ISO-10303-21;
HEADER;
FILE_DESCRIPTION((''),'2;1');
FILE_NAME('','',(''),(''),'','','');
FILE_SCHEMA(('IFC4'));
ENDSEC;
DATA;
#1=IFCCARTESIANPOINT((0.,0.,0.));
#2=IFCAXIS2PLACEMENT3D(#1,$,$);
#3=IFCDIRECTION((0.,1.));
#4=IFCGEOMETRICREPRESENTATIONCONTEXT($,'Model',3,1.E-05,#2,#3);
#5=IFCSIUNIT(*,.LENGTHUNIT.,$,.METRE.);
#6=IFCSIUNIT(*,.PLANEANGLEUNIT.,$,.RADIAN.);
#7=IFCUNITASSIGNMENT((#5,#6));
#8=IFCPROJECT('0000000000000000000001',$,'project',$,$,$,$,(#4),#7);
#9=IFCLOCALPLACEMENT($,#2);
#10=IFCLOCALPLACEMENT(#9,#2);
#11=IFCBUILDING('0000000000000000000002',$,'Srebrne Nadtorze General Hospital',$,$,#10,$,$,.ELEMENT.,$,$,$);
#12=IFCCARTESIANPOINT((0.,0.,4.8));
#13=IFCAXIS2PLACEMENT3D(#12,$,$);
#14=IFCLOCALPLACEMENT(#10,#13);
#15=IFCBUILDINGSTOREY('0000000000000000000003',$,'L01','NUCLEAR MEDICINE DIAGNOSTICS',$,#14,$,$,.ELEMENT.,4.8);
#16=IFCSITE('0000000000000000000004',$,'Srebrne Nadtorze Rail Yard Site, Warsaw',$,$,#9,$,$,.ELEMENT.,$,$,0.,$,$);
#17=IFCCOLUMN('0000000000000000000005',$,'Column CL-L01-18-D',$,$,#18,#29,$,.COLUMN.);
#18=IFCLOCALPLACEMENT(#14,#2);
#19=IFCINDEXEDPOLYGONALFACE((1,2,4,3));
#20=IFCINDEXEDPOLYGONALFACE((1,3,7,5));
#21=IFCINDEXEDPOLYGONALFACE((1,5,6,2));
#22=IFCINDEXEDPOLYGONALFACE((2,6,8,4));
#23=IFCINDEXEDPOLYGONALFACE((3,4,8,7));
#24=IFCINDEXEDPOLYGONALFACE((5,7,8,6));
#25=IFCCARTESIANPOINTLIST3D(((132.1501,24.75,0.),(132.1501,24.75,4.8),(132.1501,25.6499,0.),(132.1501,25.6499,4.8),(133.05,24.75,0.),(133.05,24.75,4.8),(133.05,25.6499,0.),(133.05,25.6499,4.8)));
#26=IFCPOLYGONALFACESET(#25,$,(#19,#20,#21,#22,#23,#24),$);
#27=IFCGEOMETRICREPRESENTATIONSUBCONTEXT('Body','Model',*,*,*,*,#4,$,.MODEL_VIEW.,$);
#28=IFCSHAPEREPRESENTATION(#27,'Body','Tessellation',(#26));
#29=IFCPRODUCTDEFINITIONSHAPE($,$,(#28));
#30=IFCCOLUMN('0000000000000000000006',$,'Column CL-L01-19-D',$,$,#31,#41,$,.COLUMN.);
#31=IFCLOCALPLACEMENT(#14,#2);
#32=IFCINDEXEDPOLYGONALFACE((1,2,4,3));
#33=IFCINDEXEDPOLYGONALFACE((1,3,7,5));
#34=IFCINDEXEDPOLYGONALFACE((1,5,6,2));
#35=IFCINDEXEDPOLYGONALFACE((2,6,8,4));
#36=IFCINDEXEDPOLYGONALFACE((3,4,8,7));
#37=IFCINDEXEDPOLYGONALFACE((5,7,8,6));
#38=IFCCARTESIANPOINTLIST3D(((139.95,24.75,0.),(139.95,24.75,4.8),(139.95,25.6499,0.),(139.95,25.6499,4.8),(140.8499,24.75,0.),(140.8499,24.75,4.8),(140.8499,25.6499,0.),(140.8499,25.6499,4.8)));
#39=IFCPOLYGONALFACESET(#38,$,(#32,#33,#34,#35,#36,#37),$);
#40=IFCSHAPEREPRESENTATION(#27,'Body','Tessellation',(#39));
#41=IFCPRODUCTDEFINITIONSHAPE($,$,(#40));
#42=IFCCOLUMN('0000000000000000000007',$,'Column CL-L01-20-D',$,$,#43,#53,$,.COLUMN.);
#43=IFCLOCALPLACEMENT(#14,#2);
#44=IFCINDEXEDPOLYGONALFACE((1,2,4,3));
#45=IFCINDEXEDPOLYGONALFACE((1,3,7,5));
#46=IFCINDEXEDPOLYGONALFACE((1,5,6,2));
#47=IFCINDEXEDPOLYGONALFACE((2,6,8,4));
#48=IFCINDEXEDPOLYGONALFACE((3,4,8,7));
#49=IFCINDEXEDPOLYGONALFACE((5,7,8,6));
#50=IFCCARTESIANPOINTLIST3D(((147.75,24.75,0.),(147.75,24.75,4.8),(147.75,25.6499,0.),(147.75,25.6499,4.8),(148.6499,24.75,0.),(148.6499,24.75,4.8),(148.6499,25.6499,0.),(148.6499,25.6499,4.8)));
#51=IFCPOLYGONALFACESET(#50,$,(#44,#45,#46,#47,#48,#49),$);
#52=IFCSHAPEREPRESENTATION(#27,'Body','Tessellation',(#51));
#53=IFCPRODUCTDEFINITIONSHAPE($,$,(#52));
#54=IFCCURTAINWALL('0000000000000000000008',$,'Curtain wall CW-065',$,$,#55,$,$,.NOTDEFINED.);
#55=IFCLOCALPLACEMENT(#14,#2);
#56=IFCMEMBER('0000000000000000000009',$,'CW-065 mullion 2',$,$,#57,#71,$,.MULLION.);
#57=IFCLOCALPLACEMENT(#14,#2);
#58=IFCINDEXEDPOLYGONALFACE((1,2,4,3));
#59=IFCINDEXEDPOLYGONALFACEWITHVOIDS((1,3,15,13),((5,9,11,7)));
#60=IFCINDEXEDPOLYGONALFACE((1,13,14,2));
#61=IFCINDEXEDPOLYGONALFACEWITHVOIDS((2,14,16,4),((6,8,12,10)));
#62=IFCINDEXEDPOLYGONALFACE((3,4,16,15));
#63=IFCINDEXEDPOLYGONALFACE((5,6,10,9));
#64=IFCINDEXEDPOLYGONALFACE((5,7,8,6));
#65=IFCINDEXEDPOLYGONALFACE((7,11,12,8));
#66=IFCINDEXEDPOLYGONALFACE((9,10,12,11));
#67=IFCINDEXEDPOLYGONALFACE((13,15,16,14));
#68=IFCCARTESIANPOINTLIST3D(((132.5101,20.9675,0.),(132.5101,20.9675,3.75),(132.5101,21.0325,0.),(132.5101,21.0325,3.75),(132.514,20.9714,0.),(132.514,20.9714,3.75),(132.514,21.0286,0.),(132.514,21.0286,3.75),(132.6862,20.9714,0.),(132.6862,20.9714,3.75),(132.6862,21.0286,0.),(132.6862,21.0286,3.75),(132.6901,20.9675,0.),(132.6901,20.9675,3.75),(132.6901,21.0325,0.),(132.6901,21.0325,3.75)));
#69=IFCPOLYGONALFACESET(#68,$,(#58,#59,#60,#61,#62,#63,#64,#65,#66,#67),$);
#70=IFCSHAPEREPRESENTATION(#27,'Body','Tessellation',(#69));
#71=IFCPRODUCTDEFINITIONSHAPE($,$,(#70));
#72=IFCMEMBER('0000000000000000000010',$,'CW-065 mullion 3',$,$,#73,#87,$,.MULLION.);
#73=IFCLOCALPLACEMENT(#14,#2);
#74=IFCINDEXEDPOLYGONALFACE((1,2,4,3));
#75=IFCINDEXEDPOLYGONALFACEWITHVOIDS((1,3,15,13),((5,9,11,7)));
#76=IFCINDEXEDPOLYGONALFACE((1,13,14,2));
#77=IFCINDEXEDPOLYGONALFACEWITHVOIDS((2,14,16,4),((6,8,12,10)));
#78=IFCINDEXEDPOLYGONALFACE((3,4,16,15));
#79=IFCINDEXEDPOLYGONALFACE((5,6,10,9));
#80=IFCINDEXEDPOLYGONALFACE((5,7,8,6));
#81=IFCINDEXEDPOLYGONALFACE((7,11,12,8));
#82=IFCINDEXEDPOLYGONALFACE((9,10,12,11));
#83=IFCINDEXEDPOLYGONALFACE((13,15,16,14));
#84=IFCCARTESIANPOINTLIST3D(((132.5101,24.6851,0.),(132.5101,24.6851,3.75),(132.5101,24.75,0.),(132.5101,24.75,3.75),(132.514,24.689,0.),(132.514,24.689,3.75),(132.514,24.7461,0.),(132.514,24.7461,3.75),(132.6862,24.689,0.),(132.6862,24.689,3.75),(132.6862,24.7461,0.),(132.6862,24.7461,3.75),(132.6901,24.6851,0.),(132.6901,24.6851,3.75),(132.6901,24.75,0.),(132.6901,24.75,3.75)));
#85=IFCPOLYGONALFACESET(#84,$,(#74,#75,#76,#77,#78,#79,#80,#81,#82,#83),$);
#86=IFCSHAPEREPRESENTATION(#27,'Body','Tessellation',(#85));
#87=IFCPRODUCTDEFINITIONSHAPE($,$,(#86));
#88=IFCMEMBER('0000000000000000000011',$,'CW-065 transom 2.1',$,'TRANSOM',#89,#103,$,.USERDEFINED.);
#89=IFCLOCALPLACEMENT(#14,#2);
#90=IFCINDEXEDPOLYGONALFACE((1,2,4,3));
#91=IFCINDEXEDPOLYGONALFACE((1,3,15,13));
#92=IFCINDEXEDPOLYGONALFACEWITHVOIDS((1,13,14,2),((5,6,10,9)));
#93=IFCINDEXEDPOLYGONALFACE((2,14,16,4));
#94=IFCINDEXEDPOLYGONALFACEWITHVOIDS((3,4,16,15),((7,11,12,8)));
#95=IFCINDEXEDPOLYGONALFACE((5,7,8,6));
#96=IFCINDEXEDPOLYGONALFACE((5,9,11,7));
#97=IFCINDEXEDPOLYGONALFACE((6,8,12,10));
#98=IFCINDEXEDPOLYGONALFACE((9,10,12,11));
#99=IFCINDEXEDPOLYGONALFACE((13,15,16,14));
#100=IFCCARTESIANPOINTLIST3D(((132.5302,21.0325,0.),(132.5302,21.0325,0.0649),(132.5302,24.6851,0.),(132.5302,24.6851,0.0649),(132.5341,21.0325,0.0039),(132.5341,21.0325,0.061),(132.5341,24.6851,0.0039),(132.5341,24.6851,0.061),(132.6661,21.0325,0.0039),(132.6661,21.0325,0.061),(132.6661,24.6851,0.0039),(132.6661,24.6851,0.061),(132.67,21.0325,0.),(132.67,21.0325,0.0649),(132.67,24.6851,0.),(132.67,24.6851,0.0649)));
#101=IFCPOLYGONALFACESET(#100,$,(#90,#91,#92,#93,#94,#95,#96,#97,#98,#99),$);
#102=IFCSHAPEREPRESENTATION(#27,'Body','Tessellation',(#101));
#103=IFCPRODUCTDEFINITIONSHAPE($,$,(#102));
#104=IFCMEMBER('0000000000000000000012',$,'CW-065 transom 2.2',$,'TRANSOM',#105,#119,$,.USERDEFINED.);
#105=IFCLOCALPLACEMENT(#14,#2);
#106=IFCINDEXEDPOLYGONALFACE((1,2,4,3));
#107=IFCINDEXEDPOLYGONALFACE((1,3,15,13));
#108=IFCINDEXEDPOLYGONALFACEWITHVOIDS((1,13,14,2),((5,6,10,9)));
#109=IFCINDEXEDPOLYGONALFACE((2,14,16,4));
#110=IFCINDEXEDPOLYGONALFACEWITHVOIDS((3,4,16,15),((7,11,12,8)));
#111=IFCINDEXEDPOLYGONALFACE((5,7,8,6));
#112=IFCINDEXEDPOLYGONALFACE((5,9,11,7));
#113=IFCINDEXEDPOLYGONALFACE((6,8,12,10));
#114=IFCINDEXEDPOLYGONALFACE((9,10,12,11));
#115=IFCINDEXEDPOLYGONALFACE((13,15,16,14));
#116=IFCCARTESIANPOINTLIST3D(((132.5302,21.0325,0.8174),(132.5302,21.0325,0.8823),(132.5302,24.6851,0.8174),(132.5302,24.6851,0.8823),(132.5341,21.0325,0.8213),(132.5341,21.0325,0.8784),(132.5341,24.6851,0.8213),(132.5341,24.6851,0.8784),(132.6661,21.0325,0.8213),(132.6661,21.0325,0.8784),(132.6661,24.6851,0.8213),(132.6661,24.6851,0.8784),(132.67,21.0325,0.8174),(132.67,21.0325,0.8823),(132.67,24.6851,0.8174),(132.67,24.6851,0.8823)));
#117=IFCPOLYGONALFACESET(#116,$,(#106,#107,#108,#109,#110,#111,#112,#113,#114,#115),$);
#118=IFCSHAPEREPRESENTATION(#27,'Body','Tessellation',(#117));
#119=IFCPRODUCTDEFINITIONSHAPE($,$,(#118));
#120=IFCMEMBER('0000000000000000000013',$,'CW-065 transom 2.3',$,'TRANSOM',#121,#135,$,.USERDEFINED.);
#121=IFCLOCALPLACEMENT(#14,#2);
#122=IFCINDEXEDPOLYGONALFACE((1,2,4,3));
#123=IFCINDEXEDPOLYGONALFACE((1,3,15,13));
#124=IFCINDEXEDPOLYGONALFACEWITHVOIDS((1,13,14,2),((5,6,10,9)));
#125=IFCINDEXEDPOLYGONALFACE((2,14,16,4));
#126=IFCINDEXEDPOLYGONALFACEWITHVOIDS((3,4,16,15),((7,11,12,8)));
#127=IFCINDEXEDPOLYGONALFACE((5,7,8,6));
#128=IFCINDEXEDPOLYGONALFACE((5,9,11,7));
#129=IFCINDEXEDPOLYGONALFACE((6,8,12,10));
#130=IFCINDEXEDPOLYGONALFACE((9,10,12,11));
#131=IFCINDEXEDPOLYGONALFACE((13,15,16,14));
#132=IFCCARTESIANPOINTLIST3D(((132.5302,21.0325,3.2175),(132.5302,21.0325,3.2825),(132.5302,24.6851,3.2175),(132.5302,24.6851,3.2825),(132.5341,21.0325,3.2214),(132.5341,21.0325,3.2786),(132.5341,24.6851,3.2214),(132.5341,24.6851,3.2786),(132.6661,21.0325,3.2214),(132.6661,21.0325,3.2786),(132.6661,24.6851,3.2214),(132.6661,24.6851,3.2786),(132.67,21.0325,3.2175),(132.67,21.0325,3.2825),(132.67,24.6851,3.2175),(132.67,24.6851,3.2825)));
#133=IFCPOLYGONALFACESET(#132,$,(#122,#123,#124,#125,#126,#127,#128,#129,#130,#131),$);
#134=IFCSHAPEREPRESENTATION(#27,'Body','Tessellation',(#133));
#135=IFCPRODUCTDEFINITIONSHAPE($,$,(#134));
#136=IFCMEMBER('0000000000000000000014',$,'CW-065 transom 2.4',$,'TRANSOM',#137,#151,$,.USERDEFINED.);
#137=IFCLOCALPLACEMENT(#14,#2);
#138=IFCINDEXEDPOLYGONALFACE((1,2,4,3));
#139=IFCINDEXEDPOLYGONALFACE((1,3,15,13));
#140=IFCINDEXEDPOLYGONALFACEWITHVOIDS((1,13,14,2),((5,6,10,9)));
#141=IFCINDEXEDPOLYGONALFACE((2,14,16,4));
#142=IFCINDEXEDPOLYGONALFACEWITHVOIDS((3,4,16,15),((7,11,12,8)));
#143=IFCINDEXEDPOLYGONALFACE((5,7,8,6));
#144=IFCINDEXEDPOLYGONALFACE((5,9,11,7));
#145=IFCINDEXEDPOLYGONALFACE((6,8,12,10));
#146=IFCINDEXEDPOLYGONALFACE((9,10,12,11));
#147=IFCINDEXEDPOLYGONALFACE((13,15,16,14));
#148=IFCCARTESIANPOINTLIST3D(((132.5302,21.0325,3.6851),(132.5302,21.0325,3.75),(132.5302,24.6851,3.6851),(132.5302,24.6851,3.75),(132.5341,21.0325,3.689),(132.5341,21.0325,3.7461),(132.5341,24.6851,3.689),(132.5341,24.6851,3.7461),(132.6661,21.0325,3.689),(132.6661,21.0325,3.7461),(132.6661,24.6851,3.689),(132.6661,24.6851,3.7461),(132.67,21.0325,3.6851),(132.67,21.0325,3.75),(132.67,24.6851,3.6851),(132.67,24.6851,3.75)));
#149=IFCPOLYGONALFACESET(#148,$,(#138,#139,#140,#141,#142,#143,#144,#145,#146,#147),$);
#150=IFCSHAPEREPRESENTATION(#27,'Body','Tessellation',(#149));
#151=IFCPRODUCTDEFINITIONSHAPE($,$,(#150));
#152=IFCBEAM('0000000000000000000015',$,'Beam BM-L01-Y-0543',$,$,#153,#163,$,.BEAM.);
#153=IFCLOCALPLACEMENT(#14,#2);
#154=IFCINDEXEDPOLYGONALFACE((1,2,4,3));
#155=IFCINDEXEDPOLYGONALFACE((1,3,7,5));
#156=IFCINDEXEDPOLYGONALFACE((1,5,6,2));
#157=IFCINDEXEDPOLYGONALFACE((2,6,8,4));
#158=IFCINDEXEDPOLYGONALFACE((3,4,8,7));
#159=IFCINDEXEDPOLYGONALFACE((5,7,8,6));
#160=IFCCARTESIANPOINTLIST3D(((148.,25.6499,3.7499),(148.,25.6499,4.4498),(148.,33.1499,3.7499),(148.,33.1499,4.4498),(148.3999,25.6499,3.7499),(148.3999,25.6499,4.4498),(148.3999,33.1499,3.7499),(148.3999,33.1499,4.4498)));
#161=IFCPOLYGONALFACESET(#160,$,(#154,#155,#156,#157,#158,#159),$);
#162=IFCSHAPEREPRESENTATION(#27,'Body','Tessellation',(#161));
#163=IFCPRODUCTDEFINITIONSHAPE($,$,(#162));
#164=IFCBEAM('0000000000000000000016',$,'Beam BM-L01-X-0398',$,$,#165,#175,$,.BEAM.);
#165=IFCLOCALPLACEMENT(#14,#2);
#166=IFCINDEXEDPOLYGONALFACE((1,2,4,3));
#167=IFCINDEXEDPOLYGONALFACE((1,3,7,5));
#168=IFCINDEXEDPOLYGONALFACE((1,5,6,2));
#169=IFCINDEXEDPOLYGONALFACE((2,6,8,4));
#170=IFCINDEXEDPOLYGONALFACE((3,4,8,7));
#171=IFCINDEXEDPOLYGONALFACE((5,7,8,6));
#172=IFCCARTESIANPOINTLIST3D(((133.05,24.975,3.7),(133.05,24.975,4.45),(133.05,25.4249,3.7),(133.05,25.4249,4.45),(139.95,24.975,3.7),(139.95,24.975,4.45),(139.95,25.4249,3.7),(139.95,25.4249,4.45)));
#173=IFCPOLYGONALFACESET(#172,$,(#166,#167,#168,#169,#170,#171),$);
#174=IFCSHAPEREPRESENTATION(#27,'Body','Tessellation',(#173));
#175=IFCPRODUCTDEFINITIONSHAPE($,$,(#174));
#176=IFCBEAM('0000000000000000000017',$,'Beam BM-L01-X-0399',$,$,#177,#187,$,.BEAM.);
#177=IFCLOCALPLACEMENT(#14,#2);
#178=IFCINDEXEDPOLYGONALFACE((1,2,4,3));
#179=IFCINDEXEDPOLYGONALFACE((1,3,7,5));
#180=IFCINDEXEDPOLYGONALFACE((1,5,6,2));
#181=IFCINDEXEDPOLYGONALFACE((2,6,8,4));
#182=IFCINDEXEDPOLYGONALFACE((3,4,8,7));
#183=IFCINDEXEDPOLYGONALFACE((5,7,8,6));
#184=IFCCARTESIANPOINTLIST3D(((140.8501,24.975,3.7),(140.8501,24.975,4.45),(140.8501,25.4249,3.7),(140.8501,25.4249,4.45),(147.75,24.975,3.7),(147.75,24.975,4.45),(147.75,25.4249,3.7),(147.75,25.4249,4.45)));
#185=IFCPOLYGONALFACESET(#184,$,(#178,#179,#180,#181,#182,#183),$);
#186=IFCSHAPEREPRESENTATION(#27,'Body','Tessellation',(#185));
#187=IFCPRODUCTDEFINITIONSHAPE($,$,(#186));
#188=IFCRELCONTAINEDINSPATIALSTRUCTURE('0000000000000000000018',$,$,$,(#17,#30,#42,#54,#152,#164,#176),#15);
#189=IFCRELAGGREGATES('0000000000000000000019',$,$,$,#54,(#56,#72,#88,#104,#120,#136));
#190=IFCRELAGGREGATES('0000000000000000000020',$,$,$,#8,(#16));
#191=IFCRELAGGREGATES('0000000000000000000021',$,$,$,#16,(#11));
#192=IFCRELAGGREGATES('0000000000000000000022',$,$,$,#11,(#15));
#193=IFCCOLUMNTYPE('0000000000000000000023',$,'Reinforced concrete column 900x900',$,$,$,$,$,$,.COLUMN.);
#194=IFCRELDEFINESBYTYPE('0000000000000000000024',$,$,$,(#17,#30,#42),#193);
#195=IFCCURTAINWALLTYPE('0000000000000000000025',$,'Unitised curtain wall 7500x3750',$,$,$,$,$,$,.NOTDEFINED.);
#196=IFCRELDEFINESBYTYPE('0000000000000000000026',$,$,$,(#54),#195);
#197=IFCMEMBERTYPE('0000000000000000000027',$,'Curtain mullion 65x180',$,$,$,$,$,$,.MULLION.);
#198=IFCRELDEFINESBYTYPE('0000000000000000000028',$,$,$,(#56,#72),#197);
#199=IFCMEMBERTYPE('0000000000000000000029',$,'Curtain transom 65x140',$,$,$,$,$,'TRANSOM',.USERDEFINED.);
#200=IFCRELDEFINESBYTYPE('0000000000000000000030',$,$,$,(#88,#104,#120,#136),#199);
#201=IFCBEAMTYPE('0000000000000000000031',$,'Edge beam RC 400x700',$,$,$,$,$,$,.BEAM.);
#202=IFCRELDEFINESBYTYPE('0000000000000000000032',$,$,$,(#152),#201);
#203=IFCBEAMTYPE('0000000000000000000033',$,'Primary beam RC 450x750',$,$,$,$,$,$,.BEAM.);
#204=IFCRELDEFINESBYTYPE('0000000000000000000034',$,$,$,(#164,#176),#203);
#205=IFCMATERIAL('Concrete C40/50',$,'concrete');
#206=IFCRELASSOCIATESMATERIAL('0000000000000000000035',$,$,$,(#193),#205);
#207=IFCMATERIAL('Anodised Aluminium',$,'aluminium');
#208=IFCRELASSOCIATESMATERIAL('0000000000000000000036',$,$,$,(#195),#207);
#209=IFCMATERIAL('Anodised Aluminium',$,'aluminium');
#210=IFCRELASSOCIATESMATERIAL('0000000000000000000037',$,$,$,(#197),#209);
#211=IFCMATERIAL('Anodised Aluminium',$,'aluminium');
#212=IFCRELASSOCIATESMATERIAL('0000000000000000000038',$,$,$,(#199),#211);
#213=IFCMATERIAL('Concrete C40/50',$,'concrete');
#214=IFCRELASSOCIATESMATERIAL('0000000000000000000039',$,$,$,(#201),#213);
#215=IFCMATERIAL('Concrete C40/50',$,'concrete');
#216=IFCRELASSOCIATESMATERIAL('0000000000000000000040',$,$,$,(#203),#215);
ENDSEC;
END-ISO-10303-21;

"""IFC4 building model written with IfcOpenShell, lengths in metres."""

from ifc_helpers import new_model, si_unit, direction, frame, origin, origin_2d, place, context, subcontext, project, spatial, rectangle, hollow_rectangle, extrude, material, material_profile, profile_set, type_object, element, aggregate, save


model = new_model("IFC4")

# Units and contexts
model_context = context("Model", 3, precision=1e-05, world=origin(), true_north=direction((0.0, 1.0)))
body_context = subcontext(model_context, "Body", "Model", "MODEL_VIEW")
ifc_project = project(units=[si_unit("LENGTHUNIT", "METRE"), si_unit("PLANEANGLEUNIT", "RADIAN")], contexts=[model_context])

# Site, building, storey
site_placement = place(None, origin())
site = spatial("IfcSite", under=ifc_project, at=site_placement, Name="Srebrne Nadtorze Rail Yard Site, Warsaw", CompositionType="ELEMENT", RefElevation=0.0)
building_placement = place(site_placement, origin())
building = spatial("IfcBuilding", under=site, at=building_placement, Name="Srebrne Nadtorze General Hospital", CompositionType="ELEMENT")
storey_placement = place(building_placement, frame((0.0, 0.0, 4.8)))
storey = spatial("IfcBuildingStorey", under=building, at=storey_placement, Name="L01", Description="NUCLEAR MEDICINE DIAGNOSTICS", CompositionType="ELEMENT", Elevation=4.8)

# Columns
ifc_material_1 = material(Name="Concrete C40/50", Category="concrete")
ifc_material_profile_1 = material_profile(ifc_material_1, rectangle(XDim=0.8999, YDim=0.8999, at=origin_2d()), Name="RC-COL-900x900")
ifc_profile_set_1 = profile_set([ifc_material_profile_1], Name="Concrete C40/50")
column_type = type_object("IfcColumnType", Name="Reinforced concrete column 900x900", PredefinedType="COLUMN", material=ifc_profile_set_1)
for number, where, z_axis, x_axis, name in (
    (1, (132.6001, 25.2, 0.0), (0.0, 0.0, 1.0), (1.0, 0.0, 0.0), "Column CL-L01-18-D"),
    (2, (140.3999, 25.2, 0.0), (0.0, 0.0, 1.0), (1.0, 0.0, 0.0), "Column CL-L01-19-D"),
    (3, (148.2, 25.2, 0.0), (0.0, 0.0, 1.0), (1.0, 0.0, 0.0), "Column CL-L01-20-D"),
):
    element("IfcColumn", number, at=place(storey_placement, frame(where, z_axis=z_axis, x_axis=x_axis)), inside=storey, type_object=column_type, Name=name, PredefinedType="COLUMN", context=body_context, shape_type="SweptSolid", body=[
        extrude(rectangle(XDim=0.8999, YDim=0.8999, at=origin_2d()), origin(), (0.0, 0.0, 1.0), 4.8),
    ])

# Curtain wall, members
ifc_material_2 = material(Name="Anodised Aluminium", Category="aluminium")
curtain_wall_type = type_object("IfcCurtainWallType", Name="Unitised curtain wall 7500x3750", PredefinedType="NOTDEFINED", material=ifc_material_2)
curtain_wall_placement = place(storey_placement, origin())
curtain_wall = element("IfcCurtainWall", 4, at=curtain_wall_placement, inside=storey, type_object=curtain_wall_type, Name="Curtain wall CW-065", PredefinedType="NOTDEFINED")
ifc_material_3 = material(Name="Anodised Aluminium", Category="aluminium")
ifc_material_profile_2 = material_profile(ifc_material_3, hollow_rectangle(XDim=0.0649, YDim=0.1799, WallThickness=0.0039, at=origin_2d()), Name="AL-MUL-65x180")
ifc_profile_set_2 = profile_set([ifc_material_profile_2], Name="Anodised Aluminium")
member_type_1 = type_object("IfcMemberType", Name="Curtain mullion 65x180", PredefinedType="MULLION", material=ifc_profile_set_2)
member_1_placement = place(storey_placement, frame((132.6001, 21.0, 0.0), z_axis=(0.0, 0.0, 1.0), x_axis=(0.0, 1.0, 0.0)))
member_1 = element("IfcMember", 5, at=member_1_placement, type_object=member_type_1, Name="CW-065 mullion 2", PredefinedType="MULLION", context=body_context, shape_type="SweptSolid", body=[
    extrude(hollow_rectangle(XDim=0.0649, YDim=0.1799, WallThickness=0.0039, at=origin_2d()), origin(), (0.0, 0.0, 1.0), 3.75),
])
member_2_placement = place(storey_placement, frame((132.6001, 24.7175, 0.0), z_axis=(0.0, 0.0, 1.0), x_axis=(0.0, 1.0, 0.0)))
member_2 = element("IfcMember", 6, at=member_2_placement, type_object=member_type_1, Name="CW-065 mullion 3", PredefinedType="MULLION", context=body_context, shape_type="SweptSolid", body=[
    extrude(hollow_rectangle(XDim=0.0649, YDim=0.1799, WallThickness=0.0039, at=origin_2d()), origin(), (0.0, 0.0, 1.0), 3.75),
])
ifc_material_4 = material(Name="Anodised Aluminium", Category="aluminium")
ifc_material_profile_3 = material_profile(ifc_material_4, hollow_rectangle(XDim=0.0649, YDim=0.1399, WallThickness=0.0039, at=origin_2d()), Name="AL-TRN-65x140")
ifc_profile_set_3 = profile_set([ifc_material_profile_3], Name="Anodised Aluminium")
member_type_2 = type_object("IfcMemberType", Name="Curtain transom 65x140", ElementType="TRANSOM", PredefinedType="USERDEFINED", material=ifc_profile_set_3)
member_3_placement = place(storey_placement, frame((132.6001, 21.0325, 0.0325), z_axis=(0.0, 1.0, 0.0), x_axis=(0.0, 0.0, 1.0)))
member_3 = element("IfcMember", 7, at=member_3_placement, type_object=member_type_2, Name="CW-065 transom 2.1", ObjectType="TRANSOM", PredefinedType="USERDEFINED", context=body_context, shape_type="SweptSolid", body=[
    extrude(hollow_rectangle(XDim=0.0649, YDim=0.1399, WallThickness=0.0039, at=origin_2d()), origin(), (0.0, 0.0, 1.0), 3.6526),
])
member_4_placement = place(storey_placement, frame((132.6001, 21.0325, 0.8499), z_axis=(0.0, 1.0, 0.0), x_axis=(0.0, 0.0, 1.0)))
member_4 = element("IfcMember", 8, at=member_4_placement, type_object=member_type_2, Name="CW-065 transom 2.2", ObjectType="TRANSOM", PredefinedType="USERDEFINED", context=body_context, shape_type="SweptSolid", body=[
    extrude(hollow_rectangle(XDim=0.0649, YDim=0.1399, WallThickness=0.0039, at=origin_2d()), origin(), (0.0, 0.0, 1.0), 3.6526),
])
member_5_placement = place(storey_placement, frame((132.6001, 21.0325, 3.25), z_axis=(0.0, 1.0, 0.0), x_axis=(0.0, 0.0, 1.0)))
member_5 = element("IfcMember", 9, at=member_5_placement, type_object=member_type_2, Name="CW-065 transom 2.3", ObjectType="TRANSOM", PredefinedType="USERDEFINED", context=body_context, shape_type="SweptSolid", body=[
    extrude(hollow_rectangle(XDim=0.0649, YDim=0.1399, WallThickness=0.0039, at=origin_2d()), origin(), (0.0, 0.0, 1.0), 3.6526),
])
member_6_placement = place(storey_placement, frame((132.6001, 21.0325, 3.7175), z_axis=(0.0, 1.0, 0.0), x_axis=(0.0, 0.0, 1.0)))
member_6 = element("IfcMember", 10, at=member_6_placement, type_object=member_type_2, Name="CW-065 transom 2.4", ObjectType="TRANSOM", PredefinedType="USERDEFINED", context=body_context, shape_type="SweptSolid", body=[
    extrude(hollow_rectangle(XDim=0.0649, YDim=0.1399, WallThickness=0.0039, at=origin_2d()), origin(), (0.0, 0.0, 1.0), 3.6526),
])

# Beams
ifc_material_5 = material(Name="Concrete C40/50", Category="concrete")
ifc_material_profile_4 = material_profile(ifc_material_5, rectangle(XDim=0.3999, YDim=0.7, at=origin_2d()), Name="RC-BM-400x700")
ifc_profile_set_4 = profile_set([ifc_material_profile_4], Name="Concrete C40/50")
beam_type_1 = type_object("IfcBeamType", Name="Edge beam RC 400x700", PredefinedType="BEAM", material=ifc_profile_set_4)
beam_1_placement = place(storey_placement, frame((148.2, 25.6499, 4.0999), z_axis=(0.0, 1.0, 0.0), x_axis=(-1.0, 0.0, 0.0)))
element("IfcBeam", 11, at=beam_1_placement, inside=storey, type_object=beam_type_1, Name="Beam BM-L01-Y-0543", PredefinedType="BEAM", context=body_context, shape_type="SweptSolid", body=[
    extrude(rectangle(XDim=0.3999, YDim=0.7, at=origin_2d()), origin(), (0.0, 0.0, 1.0), 7.5),
])
ifc_material_6 = material(Name="Concrete C40/50", Category="concrete")
ifc_material_profile_5 = material_profile(ifc_material_6, rectangle(XDim=0.45, YDim=0.75, at=origin_2d()), Name="RC-BM-450x750")
ifc_profile_set_5 = profile_set([ifc_material_profile_5], Name="Concrete C40/50")
beam_type_2 = type_object("IfcBeamType", Name="Primary beam RC 450x750", PredefinedType="BEAM", material=ifc_profile_set_5)
for number, where, z_axis, x_axis, name in (
    (12, (133.05, 25.2, 4.075), (1.0, 0.0, 0.0), (0.0, 1.0, 0.0), "Beam BM-L01-X-0398"),
    (13, (140.8501, 25.2, 4.075), (1.0, 0.0, 0.0), (0.0, 1.0, 0.0), "Beam BM-L01-X-0399"),
):
    element("IfcBeam", number, at=place(storey_placement, frame(where, z_axis=z_axis, x_axis=x_axis)), inside=storey, type_object=beam_type_2, Name=name, PredefinedType="BEAM", context=body_context, shape_type="SweptSolid", body=[
        extrude(rectangle(XDim=0.45, YDim=0.75, at=origin_2d()), origin(), (0.0, 0.0, 1.0), 6.8999),
    ])

aggregate(curtain_wall, [member_1, member_2, member_3, member_4, member_5, member_6])

save(model, "model.ifc")
